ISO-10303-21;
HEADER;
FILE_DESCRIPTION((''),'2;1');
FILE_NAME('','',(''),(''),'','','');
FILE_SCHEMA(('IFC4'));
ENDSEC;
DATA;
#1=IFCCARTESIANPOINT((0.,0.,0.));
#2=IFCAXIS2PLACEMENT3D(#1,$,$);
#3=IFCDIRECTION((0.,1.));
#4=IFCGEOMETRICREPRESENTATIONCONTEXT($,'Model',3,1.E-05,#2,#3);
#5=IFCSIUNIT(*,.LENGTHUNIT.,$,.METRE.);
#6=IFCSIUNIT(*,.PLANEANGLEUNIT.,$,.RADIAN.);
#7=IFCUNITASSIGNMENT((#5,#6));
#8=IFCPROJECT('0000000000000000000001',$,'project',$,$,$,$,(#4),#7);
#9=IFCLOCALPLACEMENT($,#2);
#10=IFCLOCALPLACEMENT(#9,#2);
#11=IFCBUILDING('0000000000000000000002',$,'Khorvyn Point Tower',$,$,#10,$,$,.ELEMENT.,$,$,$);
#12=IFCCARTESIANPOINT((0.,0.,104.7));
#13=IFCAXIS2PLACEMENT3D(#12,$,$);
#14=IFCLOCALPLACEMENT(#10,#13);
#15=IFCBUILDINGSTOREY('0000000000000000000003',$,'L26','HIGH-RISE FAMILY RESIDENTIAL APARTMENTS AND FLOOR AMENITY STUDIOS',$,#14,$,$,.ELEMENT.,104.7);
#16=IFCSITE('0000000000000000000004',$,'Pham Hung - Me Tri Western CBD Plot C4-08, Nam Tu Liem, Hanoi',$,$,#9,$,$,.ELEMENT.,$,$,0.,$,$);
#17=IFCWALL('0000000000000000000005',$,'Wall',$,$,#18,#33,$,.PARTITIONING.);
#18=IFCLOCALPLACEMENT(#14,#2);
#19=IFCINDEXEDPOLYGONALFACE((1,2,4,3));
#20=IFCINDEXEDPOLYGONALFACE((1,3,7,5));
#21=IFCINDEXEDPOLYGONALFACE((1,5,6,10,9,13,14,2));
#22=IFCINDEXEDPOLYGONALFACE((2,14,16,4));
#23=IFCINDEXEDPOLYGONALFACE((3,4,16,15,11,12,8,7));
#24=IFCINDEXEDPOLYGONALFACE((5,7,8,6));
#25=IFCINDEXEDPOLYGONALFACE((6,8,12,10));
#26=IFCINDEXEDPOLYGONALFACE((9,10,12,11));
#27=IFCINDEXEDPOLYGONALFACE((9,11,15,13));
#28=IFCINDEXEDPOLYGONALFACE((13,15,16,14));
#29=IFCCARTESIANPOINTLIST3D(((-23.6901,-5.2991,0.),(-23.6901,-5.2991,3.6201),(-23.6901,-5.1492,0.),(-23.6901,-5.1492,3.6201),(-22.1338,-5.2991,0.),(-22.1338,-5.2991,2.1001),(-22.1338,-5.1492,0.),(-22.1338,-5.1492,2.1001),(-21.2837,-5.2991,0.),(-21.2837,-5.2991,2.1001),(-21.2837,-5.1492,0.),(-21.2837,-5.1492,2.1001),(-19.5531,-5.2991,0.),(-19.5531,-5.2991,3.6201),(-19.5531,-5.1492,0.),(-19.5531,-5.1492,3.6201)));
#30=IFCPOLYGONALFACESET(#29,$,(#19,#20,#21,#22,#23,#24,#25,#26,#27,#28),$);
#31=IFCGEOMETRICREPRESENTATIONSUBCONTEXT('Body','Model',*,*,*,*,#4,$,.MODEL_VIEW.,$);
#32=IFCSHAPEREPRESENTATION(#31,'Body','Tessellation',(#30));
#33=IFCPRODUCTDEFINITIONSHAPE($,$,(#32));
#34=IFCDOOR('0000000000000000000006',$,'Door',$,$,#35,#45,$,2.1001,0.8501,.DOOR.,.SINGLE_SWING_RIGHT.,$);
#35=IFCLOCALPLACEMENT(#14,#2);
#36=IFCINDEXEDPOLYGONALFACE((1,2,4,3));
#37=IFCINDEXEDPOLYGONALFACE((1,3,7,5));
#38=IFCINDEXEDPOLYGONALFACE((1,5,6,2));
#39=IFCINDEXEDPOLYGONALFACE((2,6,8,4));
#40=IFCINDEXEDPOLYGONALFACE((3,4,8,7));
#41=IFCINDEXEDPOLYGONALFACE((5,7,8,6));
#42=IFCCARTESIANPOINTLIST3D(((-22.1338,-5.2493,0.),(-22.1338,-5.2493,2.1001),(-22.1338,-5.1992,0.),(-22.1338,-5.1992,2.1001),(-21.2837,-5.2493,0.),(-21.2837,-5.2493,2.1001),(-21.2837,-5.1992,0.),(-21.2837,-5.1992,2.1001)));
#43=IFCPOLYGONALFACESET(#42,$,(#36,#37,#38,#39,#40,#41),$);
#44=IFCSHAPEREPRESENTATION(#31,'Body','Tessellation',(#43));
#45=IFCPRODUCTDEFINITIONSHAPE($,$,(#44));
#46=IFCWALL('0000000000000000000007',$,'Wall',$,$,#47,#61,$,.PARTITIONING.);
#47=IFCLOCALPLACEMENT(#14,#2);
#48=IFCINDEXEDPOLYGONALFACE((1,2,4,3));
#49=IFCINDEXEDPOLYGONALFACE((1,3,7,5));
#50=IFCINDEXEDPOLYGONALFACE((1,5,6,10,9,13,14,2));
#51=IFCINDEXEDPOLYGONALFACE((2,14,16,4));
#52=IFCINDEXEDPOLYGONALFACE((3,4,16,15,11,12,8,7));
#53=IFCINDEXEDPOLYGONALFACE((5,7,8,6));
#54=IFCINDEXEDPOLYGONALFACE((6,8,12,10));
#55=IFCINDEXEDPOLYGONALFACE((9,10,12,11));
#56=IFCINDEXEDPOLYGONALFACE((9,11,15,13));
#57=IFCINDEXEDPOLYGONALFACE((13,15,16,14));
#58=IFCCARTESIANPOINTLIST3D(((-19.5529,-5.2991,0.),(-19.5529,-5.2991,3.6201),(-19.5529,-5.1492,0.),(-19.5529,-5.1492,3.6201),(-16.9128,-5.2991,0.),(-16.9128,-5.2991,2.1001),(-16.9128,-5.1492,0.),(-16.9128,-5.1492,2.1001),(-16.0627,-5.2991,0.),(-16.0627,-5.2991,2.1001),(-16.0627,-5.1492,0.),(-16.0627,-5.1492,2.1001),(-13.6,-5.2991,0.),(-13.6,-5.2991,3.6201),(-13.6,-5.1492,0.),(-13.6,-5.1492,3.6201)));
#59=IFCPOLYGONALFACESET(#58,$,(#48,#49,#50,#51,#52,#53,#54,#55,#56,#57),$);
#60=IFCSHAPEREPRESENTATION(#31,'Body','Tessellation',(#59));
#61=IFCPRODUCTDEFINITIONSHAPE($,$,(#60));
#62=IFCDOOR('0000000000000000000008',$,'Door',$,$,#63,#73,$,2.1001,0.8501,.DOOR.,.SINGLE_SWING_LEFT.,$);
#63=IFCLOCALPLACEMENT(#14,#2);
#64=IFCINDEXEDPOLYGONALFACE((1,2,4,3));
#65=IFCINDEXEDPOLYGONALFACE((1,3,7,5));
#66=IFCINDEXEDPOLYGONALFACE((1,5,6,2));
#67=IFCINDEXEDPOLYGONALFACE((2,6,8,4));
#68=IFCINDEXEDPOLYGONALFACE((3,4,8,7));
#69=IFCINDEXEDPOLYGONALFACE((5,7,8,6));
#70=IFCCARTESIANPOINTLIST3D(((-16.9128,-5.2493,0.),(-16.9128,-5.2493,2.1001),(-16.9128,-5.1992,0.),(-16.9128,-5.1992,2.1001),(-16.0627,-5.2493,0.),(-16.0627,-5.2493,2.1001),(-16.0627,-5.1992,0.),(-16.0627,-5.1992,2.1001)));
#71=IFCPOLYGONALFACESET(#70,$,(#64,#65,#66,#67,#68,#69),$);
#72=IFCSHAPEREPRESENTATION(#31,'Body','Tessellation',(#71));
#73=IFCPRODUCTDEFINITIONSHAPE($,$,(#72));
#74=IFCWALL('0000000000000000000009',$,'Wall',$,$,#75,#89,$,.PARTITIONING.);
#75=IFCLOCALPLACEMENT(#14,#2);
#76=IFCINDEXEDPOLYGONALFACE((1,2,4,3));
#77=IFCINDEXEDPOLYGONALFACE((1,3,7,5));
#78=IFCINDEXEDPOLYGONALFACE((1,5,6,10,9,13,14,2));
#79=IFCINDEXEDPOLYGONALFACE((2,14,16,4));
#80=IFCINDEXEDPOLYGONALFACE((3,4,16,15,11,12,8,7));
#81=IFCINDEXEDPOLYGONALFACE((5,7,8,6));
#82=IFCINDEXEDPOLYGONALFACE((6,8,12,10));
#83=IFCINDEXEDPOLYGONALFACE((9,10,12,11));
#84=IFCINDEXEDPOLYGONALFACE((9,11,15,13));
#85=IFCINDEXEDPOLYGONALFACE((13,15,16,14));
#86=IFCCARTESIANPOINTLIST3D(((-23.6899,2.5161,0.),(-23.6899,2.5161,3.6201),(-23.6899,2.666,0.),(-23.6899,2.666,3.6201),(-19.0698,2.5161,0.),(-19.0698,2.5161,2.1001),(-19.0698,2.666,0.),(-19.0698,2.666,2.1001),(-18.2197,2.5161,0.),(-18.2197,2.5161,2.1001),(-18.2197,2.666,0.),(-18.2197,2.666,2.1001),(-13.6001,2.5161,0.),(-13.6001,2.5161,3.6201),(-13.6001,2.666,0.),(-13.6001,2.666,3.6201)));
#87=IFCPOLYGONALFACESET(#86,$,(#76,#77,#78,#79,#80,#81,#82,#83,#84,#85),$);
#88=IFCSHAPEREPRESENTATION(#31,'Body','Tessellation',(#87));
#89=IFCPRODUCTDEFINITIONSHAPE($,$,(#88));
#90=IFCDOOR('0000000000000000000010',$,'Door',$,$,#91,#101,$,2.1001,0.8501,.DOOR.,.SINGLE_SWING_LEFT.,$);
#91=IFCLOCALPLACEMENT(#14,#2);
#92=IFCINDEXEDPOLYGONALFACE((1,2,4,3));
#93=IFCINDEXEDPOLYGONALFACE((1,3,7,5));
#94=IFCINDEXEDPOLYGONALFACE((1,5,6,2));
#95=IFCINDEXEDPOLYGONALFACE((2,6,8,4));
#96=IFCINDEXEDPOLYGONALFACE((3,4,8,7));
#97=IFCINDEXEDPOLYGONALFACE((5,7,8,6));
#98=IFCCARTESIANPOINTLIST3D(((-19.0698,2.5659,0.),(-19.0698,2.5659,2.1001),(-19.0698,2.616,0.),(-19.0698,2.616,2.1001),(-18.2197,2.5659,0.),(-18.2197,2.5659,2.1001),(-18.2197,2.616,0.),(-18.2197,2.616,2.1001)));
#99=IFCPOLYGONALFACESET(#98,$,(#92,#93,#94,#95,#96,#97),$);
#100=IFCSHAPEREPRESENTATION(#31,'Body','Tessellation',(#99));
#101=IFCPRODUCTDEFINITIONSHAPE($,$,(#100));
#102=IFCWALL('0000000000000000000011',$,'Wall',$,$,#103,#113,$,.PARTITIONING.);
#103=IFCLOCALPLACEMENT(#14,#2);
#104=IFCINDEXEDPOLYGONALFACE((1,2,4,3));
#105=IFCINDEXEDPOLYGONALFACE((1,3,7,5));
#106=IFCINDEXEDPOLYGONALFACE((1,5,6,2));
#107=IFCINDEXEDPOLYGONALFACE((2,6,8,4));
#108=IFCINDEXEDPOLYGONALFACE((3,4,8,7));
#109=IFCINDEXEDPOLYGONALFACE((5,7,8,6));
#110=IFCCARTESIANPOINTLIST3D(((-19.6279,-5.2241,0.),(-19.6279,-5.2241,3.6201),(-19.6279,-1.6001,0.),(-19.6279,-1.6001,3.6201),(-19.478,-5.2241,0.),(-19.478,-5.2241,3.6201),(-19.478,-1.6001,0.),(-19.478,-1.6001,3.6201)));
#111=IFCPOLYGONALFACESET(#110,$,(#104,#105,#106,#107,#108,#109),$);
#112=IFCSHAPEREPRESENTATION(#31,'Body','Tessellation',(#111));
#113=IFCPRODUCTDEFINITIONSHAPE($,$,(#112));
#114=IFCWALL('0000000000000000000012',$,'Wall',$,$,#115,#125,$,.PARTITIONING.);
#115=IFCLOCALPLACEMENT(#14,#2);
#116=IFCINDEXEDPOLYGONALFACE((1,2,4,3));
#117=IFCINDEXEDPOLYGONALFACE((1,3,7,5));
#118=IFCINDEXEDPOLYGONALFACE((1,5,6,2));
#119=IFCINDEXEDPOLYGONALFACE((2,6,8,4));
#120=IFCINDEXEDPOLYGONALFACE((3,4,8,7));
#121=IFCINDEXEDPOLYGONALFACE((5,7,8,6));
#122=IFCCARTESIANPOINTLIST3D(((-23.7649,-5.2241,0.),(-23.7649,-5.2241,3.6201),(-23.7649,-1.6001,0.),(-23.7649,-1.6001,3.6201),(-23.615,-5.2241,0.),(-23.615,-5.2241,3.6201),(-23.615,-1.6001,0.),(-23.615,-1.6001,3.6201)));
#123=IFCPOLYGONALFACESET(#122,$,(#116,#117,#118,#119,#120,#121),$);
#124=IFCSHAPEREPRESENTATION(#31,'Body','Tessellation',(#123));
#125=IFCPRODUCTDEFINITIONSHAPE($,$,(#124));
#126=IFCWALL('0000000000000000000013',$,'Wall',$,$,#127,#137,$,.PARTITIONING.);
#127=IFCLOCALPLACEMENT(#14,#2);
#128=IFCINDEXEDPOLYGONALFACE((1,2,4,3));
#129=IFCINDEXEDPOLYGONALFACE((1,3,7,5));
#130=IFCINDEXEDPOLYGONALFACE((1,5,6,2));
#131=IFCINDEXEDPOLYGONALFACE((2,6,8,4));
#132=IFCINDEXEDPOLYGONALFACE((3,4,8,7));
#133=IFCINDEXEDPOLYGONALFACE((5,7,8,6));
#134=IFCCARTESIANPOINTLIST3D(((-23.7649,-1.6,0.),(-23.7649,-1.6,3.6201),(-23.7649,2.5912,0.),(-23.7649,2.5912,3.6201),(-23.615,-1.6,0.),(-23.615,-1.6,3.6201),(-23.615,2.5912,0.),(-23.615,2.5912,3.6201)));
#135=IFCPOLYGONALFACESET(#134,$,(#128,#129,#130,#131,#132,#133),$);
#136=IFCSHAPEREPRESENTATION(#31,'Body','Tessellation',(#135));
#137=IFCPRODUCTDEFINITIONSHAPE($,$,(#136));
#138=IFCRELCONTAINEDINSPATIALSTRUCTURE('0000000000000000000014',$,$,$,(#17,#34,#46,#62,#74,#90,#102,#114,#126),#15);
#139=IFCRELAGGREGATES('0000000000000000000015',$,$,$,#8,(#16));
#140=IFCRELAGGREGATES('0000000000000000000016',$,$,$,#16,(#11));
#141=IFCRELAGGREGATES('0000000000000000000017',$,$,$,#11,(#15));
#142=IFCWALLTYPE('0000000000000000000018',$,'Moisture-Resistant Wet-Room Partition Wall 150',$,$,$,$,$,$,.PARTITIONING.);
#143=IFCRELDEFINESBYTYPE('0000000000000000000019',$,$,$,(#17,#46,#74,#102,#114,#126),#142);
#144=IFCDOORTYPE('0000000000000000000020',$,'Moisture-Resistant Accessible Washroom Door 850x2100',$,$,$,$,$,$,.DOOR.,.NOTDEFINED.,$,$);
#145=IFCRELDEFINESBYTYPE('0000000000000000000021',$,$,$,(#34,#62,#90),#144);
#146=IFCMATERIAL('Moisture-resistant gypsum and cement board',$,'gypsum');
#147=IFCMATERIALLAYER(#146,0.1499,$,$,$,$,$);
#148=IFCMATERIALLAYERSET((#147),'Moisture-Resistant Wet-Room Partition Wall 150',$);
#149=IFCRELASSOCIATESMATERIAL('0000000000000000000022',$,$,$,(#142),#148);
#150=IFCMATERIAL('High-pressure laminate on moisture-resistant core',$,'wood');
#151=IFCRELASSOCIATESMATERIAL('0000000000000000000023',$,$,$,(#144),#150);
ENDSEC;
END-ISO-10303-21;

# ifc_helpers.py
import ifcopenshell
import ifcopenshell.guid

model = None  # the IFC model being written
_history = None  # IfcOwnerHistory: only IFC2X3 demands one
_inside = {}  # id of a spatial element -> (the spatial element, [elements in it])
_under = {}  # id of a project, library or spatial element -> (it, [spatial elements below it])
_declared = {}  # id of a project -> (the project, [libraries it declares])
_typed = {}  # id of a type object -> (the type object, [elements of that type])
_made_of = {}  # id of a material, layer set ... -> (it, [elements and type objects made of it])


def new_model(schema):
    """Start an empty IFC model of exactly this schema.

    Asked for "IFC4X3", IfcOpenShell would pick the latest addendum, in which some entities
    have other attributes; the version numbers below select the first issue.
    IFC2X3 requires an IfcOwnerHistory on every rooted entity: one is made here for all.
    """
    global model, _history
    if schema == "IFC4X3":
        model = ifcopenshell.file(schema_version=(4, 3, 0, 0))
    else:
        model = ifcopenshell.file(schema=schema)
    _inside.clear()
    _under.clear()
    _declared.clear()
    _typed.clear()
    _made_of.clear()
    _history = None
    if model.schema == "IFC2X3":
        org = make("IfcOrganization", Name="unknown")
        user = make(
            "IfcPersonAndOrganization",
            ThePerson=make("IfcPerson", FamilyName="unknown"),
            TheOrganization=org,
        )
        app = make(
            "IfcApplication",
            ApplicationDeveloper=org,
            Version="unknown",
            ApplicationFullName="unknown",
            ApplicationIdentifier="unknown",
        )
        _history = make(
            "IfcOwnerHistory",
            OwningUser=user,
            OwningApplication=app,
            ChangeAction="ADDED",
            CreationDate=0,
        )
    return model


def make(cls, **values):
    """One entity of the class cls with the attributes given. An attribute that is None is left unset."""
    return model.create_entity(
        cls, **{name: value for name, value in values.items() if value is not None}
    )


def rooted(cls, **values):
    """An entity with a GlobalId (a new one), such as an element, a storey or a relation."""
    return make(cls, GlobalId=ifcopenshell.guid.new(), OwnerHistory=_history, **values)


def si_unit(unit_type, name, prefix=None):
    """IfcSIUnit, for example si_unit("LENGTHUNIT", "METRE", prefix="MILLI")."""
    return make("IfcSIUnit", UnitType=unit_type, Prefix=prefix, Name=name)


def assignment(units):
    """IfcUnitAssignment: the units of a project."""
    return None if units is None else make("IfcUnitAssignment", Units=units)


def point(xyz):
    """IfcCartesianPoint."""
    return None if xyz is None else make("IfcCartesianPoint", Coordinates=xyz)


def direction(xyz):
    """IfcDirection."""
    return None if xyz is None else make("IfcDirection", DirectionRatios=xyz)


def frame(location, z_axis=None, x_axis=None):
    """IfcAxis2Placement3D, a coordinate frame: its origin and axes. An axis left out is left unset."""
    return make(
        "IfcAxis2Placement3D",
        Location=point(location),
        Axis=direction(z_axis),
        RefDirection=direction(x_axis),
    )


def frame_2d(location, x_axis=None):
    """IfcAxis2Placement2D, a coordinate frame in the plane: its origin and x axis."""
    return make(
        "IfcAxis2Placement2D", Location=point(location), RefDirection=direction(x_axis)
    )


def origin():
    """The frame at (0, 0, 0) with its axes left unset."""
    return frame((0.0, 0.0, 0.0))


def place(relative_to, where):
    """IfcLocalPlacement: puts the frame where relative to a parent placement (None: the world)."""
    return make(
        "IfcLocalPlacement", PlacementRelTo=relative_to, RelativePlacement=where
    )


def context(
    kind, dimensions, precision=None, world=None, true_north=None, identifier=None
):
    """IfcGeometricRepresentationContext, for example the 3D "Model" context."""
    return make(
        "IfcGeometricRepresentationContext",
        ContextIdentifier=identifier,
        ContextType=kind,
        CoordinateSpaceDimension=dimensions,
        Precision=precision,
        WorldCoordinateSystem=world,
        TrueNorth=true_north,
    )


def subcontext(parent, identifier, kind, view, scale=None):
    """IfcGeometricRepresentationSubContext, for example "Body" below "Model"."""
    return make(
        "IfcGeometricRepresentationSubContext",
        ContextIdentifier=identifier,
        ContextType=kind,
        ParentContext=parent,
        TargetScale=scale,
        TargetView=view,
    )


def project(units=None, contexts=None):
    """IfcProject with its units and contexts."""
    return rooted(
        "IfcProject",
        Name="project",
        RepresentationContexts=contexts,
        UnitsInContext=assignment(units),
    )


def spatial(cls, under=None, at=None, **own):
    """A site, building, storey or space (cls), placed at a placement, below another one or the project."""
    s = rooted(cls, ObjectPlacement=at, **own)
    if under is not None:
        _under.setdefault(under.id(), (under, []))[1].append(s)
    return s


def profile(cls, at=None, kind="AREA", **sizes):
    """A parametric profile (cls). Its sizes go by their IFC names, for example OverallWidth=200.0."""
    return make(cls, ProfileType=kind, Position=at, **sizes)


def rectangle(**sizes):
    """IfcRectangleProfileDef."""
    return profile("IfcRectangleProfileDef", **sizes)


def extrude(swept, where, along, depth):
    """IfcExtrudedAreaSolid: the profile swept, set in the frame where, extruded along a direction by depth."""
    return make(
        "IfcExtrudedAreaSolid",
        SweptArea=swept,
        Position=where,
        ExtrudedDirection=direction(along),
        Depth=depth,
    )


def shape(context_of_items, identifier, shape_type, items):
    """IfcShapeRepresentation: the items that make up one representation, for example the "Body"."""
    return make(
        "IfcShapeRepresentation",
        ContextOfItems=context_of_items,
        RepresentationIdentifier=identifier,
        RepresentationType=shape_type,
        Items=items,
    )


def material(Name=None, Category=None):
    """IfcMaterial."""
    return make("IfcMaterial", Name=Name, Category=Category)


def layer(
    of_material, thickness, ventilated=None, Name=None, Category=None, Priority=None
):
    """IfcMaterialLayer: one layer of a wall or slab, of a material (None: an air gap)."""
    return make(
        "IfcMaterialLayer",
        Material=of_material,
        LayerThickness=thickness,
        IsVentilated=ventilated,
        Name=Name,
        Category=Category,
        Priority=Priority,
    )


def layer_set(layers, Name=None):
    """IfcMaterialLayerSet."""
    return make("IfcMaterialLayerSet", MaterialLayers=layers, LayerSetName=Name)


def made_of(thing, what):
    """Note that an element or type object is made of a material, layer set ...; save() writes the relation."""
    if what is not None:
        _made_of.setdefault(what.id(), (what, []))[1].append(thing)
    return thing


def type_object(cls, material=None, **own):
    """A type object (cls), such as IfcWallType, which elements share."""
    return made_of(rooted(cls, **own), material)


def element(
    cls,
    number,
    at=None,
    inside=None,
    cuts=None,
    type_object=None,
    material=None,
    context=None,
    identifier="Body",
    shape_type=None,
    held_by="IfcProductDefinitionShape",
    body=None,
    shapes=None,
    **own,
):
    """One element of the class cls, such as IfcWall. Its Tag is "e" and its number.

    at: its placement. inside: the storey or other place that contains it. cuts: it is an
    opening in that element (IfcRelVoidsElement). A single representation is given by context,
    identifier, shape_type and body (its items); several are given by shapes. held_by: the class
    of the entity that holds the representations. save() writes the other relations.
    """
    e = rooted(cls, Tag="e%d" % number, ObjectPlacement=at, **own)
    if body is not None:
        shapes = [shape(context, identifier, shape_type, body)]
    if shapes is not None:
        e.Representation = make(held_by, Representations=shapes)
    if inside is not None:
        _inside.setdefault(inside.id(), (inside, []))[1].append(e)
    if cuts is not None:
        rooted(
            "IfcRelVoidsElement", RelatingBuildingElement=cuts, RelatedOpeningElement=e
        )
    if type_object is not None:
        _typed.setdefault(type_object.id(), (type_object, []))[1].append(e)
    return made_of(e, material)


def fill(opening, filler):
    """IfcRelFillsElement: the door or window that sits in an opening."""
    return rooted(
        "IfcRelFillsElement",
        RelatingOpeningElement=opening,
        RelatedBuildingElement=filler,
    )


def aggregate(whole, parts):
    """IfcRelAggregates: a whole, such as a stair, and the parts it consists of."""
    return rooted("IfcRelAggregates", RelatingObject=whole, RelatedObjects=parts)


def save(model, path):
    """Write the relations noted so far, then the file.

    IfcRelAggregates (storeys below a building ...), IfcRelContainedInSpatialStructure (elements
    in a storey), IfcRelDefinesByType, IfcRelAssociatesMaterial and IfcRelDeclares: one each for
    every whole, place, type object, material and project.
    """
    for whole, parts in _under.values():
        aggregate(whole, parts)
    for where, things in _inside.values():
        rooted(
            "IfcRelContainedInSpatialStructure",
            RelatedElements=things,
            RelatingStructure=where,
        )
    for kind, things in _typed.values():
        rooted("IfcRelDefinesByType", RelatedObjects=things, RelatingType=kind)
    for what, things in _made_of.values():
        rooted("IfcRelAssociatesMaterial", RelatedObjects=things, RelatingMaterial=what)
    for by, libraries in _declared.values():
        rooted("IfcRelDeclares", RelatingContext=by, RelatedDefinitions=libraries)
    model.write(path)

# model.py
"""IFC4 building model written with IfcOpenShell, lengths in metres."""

from ifc_helpers import new_model, si_unit, direction, frame, frame_2d, origin, place, context, subcontext, project, spatial, rectangle, extrude, material, layer, layer_set, type_object, element, fill, save


model = new_model("IFC4")

# Units and contexts
model_context = context("Model", 3, precision=1e-05, world=origin(), true_north=direction((0.0, 1.0)))
body_context = subcontext(model_context, "Body", "Model", "MODEL_VIEW")
ifc_project = project(units=[si_unit("LENGTHUNIT", "METRE"), si_unit("PLANEANGLEUNIT", "RADIAN")], contexts=[model_context])

# Site, building, storey
site_placement = place(None, origin())
site = spatial("IfcSite", under=ifc_project, at=site_placement, Name="Pham Hung - Me Tri Western CBD Plot C4-08, Nam Tu Liem, Hanoi", CompositionType="ELEMENT", RefElevation=0.0)
building_placement = place(site_placement, origin())
building = spatial("IfcBuilding", under=site, at=building_placement, Name="Khorvyn Point Tower", CompositionType="ELEMENT")
storey_placement = place(building_placement, frame((0.0, 0.0, 104.7)))
storey = spatial("IfcBuildingStorey", under=building, at=storey_placement, Name="L26", Description="HIGH-RISE FAMILY RESIDENTIAL APARTMENTS AND FLOOR AMENITY STUDIOS", CompositionType="ELEMENT", Elevation=104.7)

# Walls, openings, doors
ifc_material_1 = material(Name="Moisture-resistant gypsum and cement board", Category="gypsum")
ifc_layer_1 = layer(ifc_material_1, 0.1499)
ifc_layer_set_1 = layer_set([ifc_layer_1], Name="Moisture-Resistant Wet-Room Partition Wall 150")
wall_type_1 = type_object("IfcWallType", Name="Moisture-Resistant Wet-Room Partition Wall 150", PredefinedType="PARTITIONING", material=ifc_layer_set_1)
wall_1_placement = place(storey_placement, frame((-23.6899, -5.2241, 0.0), z_axis=(0.0, 0.0, 1.0), x_axis=(1.0, 0.0, 0.0)))
wall_1 = element("IfcWall", 1, at=wall_1_placement, inside=storey, type_object=wall_type_1, Name="Wall", PredefinedType="PARTITIONING", context=body_context, shape_type="SweptSolid", body=[
    extrude(rectangle(XDim=4.137, YDim=0.1499, at=frame_2d((2.0684, 0.0))), origin(), (0.0, 0.0, 1.0), 3.6201),
])
opening_1_placement = place(wall_1_placement, frame((1.5562, 0.0, 0.0)))
opening_1 = element("IfcOpeningElement", 2, at=opening_1_placement, cuts=wall_1, PredefinedType="OPENING", context=body_context, shape_type="SweptSolid", body=[
    extrude(rectangle(XDim=0.8501, YDim=2.1001, at=frame_2d((0.425, 1.05))), frame((0.0, 0.085, 0.0), z_axis=(0.0, -1.0, 0.0), x_axis=(1.0, 0.0, 0.0)), (0.0, 0.0, 1.0), 0.1699),
])
ifc_material_2 = material(Name="High-pressure laminate on moisture-resistant core", Category="wood")
door_type_1 = type_object("IfcDoorType", Name="Moisture-Resistant Accessible Washroom Door 850x2100", OperationType="NOTDEFINED", PredefinedType="DOOR", material=ifc_material_2)
door_1_placement = place(opening_1_placement, origin())
door_1 = element("IfcDoor", 3, at=door_1_placement, inside=storey, type_object=door_type_1, Name="Door", OperationType="SINGLE_SWING_RIGHT", OverallHeight=2.1001, OverallWidth=0.8501, PredefinedType="DOOR", context=body_context, shape_type="SweptSolid", body=[
    extrude(rectangle(XDim=0.8501, YDim=2.1001, at=frame_2d((0.425, 1.05))), frame((0.0, 0.0249, 0.0), z_axis=(0.0, -1.0, 0.0), x_axis=(1.0, 0.0, 0.0)), (0.0, 0.0, 1.0), 0.05),
])
fill(opening_1, door_1)
wall_2_placement = place(storey_placement, frame((-19.553, -5.2241, 0.0), z_axis=(0.0, 0.0, 1.0), x_axis=(1.0, 0.0, 0.0)))
wall_2 = element("IfcWall", 4, at=wall_2_placement, inside=storey, type_object=wall_type_1, Name="Wall", PredefinedType="PARTITIONING", context=body_context, shape_type="SweptSolid", body=[
    extrude(rectangle(XDim=5.9529, YDim=0.1499, at=frame_2d((2.9766, 0.0))), origin(), (0.0, 0.0, 1.0), 3.6201),
])
opening_2_placement = place(wall_2_placement, frame((2.6401, 0.0, 0.0)))
opening_2 = element("IfcOpeningElement", 5, at=opening_2_placement, cuts=wall_2, PredefinedType="OPENING", context=body_context, shape_type="SweptSolid", body=[
    extrude(rectangle(XDim=0.8501, YDim=2.1001, at=frame_2d((0.425, 1.05))), frame((0.0, 0.085, 0.0), z_axis=(0.0, -1.0, 0.0), x_axis=(1.0, 0.0, 0.0)), (0.0, 0.0, 1.0), 0.1699),
])
door_2_placement = place(opening_2_placement, origin())
door_2 = element("IfcDoor", 6, at=door_2_placement, inside=storey, type_object=door_type_1, Name="Door", OperationType="SINGLE_SWING_LEFT", OverallHeight=2.1001, OverallWidth=0.8501, PredefinedType="DOOR", context=body_context, shape_type="SweptSolid", body=[
    extrude(rectangle(XDim=0.8501, YDim=2.1001, at=frame_2d((0.425, 1.05))), frame((0.0, 0.0249, 0.0), z_axis=(0.0, -1.0, 0.0), x_axis=(1.0, 0.0, 0.0)), (0.0, 0.0, 1.0), 0.05),
])
fill(opening_2, door_2)
wall_3_placement = place(storey_placement, frame((-23.6899, 2.5911, 0.0), z_axis=(0.0, 0.0, 1.0), x_axis=(1.0, 0.0, 0.0)))
wall_3 = element("IfcWall", 7, at=wall_3_placement, inside=storey, type_object=wall_type_1, Name="Wall", PredefinedType="PARTITIONING", context=body_context, shape_type="SweptSolid", body=[
    extrude(rectangle(XDim=10.0898, YDim=0.1499, at=frame_2d((5.0449, 0.0))), origin(), (0.0, 0.0, 1.0), 3.6201),
])
opening_3_placement = place(wall_3_placement, frame((4.6201, 0.0, 0.0)))
opening_3 = element("IfcOpeningElement", 8, at=opening_3_placement, cuts=wall_3, PredefinedType="OPENING", context=body_context, shape_type="SweptSolid", body=[
    extrude(rectangle(XDim=0.8501, YDim=2.1001, at=frame_2d((0.425, 1.05))), frame((0.0, 0.085, 0.0), z_axis=(0.0, -1.0, 0.0), x_axis=(1.0, 0.0, 0.0)), (0.0, 0.0, 1.0), 0.1699),
])
door_3_placement = place(opening_3_placement, origin())
door_3 = element("IfcDoor", 9, at=door_3_placement, inside=storey, type_object=door_type_1, Name="Door", OperationType="SINGLE_SWING_LEFT", OverallHeight=2.1001, OverallWidth=0.8501, PredefinedType="DOOR", context=body_context, shape_type="SweptSolid", body=[
    extrude(rectangle(XDim=0.8501, YDim=2.1001, at=frame_2d((0.425, 1.05))), frame((0.0, 0.0249, 0.0), z_axis=(0.0, -1.0, 0.0), x_axis=(1.0, 0.0, 0.0)), (0.0, 0.0, 1.0), 0.05),
])
fill(opening_3, door_3)

# Walls
for number, where, z_axis, x_axis, name in (
    (10, (-19.553, -5.2241, 0.0), (0.0, 0.0, 1.0), (0.0, 1.0, 0.0), "Wall"),
    (11, (-23.6899, -5.2241, 0.0), (0.0, 0.0, 1.0), (0.0, 1.0, 0.0), "Wall"),
):
    element("IfcWall", number, at=place(storey_placement, frame(where, z_axis=z_axis, x_axis=x_axis)), inside=storey, type_object=wall_type_1, Name=name, PredefinedType="PARTITIONING", context=body_context, shape_type="SweptSolid", body=[
        extrude(rectangle(XDim=3.624, YDim=0.1499, at=frame_2d((1.812, 0.0))), origin(), (0.0, 0.0, 1.0), 3.6201),
    ])
wall_4_placement = place(storey_placement, frame((-23.6899, -1.6001, 0.0), z_axis=(0.0, 0.0, 1.0), x_axis=(0.0, 1.0, 0.0)))
element("IfcWall", 12, at=wall_4_placement, inside=storey, type_object=wall_type_1, Name="Wall", PredefinedType="PARTITIONING", context=body_context, shape_type="SweptSolid", body=[
    extrude(rectangle(XDim=4.1912, YDim=0.1499, at=frame_2d((2.0957, 0.0))), origin(), (0.0, 0.0, 1.0), 3.6201),
])

save(model, "model.ifc")
